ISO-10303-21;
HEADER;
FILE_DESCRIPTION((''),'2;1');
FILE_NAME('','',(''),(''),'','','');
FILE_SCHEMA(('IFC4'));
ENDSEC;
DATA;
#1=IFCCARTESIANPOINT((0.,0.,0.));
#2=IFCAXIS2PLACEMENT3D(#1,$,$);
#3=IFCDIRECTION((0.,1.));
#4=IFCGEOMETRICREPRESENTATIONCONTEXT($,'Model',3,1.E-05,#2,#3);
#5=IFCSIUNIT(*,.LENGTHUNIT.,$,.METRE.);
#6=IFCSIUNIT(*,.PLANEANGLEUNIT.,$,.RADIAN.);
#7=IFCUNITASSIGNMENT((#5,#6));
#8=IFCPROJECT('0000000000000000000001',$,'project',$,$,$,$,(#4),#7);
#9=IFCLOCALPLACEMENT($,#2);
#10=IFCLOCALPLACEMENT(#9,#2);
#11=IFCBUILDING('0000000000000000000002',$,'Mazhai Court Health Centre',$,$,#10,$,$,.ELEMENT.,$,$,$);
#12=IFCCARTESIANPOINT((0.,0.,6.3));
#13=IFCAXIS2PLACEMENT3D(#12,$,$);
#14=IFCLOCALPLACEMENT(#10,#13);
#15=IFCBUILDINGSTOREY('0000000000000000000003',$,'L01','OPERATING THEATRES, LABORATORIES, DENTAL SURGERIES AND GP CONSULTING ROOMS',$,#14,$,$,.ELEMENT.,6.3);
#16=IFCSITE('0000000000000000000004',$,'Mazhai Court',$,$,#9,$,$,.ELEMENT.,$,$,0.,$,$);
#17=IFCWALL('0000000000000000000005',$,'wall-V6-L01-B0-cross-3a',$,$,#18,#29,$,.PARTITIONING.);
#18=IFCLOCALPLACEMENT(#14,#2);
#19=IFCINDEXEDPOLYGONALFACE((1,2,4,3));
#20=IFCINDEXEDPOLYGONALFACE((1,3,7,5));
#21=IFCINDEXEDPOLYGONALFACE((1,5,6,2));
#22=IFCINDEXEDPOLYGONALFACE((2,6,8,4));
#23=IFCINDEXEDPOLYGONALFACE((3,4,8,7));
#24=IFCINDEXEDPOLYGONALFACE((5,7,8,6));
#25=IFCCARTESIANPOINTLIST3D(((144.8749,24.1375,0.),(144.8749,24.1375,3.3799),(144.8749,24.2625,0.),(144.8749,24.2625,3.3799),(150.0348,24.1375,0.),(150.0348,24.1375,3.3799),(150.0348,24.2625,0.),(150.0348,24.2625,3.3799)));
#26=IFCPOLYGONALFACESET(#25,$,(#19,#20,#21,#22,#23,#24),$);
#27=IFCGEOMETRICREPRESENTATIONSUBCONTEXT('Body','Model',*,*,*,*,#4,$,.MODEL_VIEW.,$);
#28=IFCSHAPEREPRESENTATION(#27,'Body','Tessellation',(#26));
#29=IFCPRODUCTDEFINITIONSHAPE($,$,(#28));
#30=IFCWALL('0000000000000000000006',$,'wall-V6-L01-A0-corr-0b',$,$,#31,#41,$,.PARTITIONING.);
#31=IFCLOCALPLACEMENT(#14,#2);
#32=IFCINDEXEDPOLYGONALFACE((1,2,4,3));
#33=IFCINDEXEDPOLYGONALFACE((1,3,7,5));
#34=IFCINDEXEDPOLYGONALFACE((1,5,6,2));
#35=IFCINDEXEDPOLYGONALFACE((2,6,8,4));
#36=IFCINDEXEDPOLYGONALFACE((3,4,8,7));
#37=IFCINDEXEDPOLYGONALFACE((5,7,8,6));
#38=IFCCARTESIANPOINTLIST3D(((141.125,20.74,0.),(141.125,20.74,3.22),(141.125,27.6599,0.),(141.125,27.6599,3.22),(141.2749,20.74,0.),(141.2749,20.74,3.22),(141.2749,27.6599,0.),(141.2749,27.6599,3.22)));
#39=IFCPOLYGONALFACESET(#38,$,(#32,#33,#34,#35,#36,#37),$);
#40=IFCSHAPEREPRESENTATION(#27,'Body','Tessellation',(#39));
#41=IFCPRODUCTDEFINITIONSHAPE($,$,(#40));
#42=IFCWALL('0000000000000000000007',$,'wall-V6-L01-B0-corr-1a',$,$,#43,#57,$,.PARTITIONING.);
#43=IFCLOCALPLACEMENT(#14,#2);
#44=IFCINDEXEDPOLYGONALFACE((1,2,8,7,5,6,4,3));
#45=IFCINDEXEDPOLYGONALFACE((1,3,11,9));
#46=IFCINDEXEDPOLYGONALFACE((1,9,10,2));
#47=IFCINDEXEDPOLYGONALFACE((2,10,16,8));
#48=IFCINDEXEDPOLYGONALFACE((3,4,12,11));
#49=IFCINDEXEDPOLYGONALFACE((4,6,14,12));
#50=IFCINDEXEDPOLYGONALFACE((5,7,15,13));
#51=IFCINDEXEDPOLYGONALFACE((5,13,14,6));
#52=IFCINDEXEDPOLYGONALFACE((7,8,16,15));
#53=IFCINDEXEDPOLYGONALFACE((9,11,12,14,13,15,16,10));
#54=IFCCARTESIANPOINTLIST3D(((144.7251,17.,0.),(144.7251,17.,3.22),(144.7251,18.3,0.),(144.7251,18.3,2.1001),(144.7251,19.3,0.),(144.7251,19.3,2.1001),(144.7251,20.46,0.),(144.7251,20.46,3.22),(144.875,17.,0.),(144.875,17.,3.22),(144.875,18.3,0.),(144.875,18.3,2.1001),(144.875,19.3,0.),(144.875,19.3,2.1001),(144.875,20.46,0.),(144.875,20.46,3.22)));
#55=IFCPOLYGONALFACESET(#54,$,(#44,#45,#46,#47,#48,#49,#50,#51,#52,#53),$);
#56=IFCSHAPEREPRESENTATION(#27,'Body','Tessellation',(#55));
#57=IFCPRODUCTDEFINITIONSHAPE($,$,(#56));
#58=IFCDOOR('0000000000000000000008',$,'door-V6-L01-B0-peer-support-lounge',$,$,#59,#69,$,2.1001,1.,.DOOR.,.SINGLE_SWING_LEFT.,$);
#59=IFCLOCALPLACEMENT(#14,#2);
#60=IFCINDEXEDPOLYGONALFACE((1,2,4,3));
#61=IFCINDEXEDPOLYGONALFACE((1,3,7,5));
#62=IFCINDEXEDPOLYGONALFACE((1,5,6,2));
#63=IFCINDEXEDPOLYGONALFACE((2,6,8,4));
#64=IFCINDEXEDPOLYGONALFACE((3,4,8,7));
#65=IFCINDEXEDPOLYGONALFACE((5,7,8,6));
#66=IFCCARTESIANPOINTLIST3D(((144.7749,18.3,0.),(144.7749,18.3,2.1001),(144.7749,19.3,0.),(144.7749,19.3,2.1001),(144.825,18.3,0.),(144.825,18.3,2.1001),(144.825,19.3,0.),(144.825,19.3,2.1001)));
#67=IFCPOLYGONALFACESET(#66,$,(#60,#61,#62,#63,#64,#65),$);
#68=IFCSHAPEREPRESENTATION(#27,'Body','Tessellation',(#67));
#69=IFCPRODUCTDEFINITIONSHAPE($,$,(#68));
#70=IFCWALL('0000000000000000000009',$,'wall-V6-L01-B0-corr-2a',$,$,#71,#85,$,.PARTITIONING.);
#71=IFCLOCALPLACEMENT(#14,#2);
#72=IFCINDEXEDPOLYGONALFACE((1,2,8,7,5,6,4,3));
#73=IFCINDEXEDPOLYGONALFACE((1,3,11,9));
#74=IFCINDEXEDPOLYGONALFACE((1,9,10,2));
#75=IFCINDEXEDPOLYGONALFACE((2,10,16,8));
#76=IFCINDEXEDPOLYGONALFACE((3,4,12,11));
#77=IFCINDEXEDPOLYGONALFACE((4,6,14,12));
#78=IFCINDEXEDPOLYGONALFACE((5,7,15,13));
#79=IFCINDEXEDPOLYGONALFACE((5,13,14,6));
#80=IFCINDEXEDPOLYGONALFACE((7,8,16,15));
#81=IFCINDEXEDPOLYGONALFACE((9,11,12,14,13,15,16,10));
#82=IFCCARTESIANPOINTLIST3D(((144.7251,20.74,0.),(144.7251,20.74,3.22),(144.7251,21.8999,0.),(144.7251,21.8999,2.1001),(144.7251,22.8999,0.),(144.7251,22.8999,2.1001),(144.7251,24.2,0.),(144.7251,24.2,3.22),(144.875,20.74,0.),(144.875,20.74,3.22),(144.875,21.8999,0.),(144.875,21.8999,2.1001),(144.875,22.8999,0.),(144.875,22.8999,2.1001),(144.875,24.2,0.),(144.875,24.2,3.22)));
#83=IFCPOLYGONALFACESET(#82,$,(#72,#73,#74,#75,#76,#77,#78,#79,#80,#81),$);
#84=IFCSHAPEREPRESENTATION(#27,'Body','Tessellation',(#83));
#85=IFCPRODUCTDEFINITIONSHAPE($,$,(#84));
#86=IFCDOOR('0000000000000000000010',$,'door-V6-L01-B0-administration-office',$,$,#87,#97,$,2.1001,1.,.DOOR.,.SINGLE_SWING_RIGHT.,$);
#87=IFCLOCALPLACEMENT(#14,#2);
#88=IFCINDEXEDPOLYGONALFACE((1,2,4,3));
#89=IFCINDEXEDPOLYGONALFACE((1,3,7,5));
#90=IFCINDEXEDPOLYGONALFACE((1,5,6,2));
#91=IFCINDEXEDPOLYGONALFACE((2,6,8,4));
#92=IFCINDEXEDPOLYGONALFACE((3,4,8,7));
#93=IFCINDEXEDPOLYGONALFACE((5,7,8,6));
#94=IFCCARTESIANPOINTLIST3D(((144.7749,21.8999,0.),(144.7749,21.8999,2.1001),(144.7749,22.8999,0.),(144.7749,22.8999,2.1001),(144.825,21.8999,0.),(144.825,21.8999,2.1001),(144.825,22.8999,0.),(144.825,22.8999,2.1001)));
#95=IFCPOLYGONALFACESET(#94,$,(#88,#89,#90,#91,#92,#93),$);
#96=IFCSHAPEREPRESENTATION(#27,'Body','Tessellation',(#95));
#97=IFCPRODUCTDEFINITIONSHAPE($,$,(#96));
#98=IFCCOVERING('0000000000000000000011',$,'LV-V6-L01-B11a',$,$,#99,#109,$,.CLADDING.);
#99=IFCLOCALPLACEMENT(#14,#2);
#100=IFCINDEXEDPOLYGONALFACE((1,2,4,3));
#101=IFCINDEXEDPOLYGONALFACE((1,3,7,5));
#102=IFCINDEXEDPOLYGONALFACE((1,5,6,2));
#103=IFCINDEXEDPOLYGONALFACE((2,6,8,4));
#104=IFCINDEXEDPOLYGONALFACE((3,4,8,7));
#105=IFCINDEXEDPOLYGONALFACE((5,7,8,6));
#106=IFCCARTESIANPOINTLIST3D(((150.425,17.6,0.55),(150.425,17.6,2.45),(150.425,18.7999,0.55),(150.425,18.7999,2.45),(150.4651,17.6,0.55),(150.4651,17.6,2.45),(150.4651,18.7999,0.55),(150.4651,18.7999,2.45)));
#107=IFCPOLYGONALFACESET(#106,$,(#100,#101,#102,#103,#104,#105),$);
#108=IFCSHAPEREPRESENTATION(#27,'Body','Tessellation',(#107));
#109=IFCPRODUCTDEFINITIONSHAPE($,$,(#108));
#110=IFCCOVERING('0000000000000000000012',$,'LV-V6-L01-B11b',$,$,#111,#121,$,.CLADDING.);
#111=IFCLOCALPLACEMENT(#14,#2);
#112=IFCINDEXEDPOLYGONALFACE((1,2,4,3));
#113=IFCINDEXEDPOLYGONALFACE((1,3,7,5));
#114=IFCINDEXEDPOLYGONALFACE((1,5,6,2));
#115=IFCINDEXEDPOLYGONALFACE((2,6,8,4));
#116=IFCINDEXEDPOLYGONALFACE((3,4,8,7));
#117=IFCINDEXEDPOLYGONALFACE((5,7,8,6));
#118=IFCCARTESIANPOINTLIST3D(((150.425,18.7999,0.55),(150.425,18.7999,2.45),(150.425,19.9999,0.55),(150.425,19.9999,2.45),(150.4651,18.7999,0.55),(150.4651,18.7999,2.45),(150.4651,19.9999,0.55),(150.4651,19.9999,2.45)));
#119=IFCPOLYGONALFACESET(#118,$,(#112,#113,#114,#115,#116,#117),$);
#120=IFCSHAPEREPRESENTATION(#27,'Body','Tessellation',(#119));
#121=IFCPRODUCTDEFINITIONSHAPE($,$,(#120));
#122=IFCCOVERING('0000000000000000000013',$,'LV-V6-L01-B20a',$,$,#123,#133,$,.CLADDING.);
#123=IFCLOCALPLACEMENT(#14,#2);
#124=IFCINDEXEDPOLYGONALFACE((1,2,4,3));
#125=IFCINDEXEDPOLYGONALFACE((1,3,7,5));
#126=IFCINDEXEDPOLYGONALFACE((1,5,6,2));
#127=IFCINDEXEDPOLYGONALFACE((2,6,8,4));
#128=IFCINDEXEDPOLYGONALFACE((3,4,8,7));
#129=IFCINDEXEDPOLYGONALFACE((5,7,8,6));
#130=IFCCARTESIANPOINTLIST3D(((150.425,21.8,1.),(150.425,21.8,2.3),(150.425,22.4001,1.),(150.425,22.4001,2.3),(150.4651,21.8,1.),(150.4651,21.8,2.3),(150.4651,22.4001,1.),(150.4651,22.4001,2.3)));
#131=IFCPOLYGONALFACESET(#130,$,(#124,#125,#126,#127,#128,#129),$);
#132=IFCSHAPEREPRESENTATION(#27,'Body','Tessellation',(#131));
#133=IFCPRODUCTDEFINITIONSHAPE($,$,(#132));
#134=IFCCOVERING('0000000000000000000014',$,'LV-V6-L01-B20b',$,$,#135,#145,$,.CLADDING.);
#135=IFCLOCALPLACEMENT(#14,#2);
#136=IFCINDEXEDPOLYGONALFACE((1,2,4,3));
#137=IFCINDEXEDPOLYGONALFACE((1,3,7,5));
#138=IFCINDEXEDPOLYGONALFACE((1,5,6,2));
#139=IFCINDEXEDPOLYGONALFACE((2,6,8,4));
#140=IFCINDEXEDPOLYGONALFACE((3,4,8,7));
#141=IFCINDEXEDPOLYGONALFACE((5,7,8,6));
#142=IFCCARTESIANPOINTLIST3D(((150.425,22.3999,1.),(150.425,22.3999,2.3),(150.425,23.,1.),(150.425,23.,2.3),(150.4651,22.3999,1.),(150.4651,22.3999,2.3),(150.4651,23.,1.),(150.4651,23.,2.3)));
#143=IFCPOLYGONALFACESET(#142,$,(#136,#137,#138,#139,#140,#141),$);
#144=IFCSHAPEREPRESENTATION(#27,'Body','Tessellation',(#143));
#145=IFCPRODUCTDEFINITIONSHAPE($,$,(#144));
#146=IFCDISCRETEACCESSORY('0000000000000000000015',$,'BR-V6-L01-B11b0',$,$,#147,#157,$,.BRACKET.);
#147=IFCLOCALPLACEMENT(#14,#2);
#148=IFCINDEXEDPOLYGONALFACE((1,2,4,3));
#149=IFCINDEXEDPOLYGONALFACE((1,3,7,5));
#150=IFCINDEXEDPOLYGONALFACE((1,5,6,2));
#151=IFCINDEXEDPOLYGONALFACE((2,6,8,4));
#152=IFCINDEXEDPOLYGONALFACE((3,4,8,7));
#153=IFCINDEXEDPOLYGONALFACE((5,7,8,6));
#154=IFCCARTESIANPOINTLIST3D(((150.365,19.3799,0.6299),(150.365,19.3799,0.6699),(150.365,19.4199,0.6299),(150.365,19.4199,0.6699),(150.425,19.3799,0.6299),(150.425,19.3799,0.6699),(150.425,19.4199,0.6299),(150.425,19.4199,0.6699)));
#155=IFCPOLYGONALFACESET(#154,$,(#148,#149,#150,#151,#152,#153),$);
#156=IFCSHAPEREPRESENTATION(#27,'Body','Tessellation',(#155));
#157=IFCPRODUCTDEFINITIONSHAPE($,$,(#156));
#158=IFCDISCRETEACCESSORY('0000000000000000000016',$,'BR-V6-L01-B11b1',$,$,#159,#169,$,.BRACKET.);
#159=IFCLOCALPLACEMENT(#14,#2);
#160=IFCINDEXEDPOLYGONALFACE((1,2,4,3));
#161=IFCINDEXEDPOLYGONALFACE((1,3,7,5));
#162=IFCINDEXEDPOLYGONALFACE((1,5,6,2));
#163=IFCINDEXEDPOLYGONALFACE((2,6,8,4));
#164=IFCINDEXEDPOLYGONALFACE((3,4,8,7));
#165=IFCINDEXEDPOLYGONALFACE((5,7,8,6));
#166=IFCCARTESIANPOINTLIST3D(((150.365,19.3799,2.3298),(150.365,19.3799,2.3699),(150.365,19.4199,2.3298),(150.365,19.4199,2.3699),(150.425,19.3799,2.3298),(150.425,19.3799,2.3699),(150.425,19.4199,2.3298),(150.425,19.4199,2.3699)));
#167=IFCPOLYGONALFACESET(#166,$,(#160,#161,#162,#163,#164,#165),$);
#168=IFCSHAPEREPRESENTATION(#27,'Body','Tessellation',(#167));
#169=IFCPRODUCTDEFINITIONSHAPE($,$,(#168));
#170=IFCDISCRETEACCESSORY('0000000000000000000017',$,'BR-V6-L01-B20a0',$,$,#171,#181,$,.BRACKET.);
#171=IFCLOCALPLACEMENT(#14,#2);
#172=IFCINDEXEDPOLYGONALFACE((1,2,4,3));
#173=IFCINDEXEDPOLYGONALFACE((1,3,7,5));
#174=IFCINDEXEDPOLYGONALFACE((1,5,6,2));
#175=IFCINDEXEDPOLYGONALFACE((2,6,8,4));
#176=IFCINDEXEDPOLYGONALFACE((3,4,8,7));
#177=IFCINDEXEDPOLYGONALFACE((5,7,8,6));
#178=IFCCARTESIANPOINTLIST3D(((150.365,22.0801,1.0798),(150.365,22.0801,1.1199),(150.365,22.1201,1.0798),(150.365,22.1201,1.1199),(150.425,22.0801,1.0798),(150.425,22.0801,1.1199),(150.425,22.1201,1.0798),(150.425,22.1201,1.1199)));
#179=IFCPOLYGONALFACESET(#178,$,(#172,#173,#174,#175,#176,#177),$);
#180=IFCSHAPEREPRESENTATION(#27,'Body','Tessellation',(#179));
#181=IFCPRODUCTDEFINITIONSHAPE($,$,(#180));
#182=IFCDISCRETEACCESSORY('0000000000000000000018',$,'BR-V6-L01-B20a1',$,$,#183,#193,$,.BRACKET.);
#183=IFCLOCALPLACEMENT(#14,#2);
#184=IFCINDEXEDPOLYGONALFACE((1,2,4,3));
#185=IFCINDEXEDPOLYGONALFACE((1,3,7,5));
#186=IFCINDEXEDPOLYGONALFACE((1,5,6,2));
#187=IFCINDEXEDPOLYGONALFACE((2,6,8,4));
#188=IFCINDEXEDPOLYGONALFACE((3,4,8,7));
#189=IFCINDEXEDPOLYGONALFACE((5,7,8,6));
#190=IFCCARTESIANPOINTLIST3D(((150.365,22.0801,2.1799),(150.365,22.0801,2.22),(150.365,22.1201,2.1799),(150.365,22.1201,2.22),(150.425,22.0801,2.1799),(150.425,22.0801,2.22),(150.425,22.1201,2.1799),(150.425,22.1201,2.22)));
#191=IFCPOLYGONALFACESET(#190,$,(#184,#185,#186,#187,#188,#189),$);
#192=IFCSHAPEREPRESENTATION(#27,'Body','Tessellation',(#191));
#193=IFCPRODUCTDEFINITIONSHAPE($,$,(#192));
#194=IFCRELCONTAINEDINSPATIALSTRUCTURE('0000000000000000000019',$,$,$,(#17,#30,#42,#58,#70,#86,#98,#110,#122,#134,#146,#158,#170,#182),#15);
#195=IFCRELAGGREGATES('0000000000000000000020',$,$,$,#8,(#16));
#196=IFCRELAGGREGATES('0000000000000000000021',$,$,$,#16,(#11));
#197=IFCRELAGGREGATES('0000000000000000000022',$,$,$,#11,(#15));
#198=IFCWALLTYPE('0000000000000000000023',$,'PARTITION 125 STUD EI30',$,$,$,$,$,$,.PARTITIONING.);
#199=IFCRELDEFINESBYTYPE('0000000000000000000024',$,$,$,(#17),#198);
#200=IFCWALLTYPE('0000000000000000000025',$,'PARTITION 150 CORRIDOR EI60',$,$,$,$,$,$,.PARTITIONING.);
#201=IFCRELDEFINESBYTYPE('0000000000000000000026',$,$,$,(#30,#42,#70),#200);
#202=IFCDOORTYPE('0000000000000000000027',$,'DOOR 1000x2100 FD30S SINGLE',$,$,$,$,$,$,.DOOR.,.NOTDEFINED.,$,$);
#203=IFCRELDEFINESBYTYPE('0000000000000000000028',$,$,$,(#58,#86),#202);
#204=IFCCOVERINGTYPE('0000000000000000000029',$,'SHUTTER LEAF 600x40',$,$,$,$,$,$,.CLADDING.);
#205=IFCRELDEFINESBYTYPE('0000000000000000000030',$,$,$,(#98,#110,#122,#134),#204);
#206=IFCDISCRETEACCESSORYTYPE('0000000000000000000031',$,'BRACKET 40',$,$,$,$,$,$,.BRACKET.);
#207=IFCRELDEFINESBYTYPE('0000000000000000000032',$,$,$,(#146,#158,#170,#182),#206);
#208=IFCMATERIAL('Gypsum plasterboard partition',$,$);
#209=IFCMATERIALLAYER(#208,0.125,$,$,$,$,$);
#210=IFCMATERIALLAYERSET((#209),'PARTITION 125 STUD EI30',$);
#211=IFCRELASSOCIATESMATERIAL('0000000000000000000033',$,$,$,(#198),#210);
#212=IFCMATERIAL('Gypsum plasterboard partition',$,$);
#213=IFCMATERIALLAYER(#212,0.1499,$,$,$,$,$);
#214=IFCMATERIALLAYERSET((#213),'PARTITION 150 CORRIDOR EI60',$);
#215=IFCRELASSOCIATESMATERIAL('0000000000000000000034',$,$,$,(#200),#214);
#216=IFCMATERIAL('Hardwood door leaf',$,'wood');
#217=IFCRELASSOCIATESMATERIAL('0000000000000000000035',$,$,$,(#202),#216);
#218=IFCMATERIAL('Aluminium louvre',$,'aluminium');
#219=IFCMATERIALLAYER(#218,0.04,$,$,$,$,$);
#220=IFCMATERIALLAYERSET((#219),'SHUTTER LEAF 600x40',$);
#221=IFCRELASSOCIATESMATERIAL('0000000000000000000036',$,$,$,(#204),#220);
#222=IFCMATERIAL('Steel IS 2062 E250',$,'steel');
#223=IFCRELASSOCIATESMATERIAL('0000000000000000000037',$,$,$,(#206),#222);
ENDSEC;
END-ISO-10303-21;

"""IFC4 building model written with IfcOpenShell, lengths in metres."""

from ifc_helpers import new_model, si_unit, direction, frame, frame_2d, origin, origin_2d, place, context, subcontext, project, spatial, rectangle, extrude, material, layer, layer_set, type_object, element, fill, save


model = new_model("IFC4")

# Units and contexts
model_context = context("Model", 3, precision=1e-05, world=origin(), true_north=direction((0.0, 1.0)))
body_context = subcontext(model_context, "Body", "Model", "MODEL_VIEW")
ifc_project = project(units=[si_unit("LENGTHUNIT", "METRE"), si_unit("PLANEANGLEUNIT", "RADIAN")], contexts=[model_context])

# Site, building, storey
site_placement = place(None, origin())
site = spatial("IfcSite", under=ifc_project, at=site_placement, Name="Mazhai Court", CompositionType="ELEMENT", RefElevation=0.0)
building_placement = place(site_placement, origin())
building = spatial("IfcBuilding", under=site, at=building_placement, Name="Mazhai Court Health Centre", CompositionType="ELEMENT")
storey_placement = place(building_placement, frame((0.0, 0.0, 6.3)))
storey = spatial("IfcBuildingStorey", under=building, at=storey_placement, Name="L01", Description="OPERATING THEATRES, LABORATORIES, DENTAL SURGERIES AND GP CONSULTING ROOMS", CompositionType="ELEMENT", Elevation=6.3)

# Walls
ifc_material_1 = material(Name="Gypsum plasterboard partition")
ifc_layer_1 = layer(ifc_material_1, 0.125)
ifc_layer_set_1 = layer_set([ifc_layer_1], Name="PARTITION 125 STUD EI30")
wall_type_1 = type_object("IfcWallType", Name="PARTITION 125 STUD EI30", PredefinedType="PARTITIONING", material=ifc_layer_set_1)
wall_1_placement = place(storey_placement, frame((150.0349, 24.2, 0.0), z_axis=(0.0, 0.0, 1.0), x_axis=(-1.0, 0.0, 0.0)))
element("IfcWall", 1, at=wall_1_placement, inside=storey, type_object=wall_type_1, Name="wall-V6-L01-B0-cross-3a", PredefinedType="PARTITIONING", context=body_context, shape_type="SweptSolid", body=[
    extrude(rectangle(XDim=5.1599, YDim=0.125, at=frame_2d((2.5801, 0.0))), origin(), (0.0, 0.0, 1.0), 3.3799),
])
ifc_material_2 = material(Name="Gypsum plasterboard partition")
ifc_layer_2 = layer(ifc_material_2, 0.1499)
ifc_layer_set_2 = layer_set([ifc_layer_2], Name="PARTITION 150 CORRIDOR EI60")
wall_type_2 = type_object("IfcWallType", Name="PARTITION 150 CORRIDOR EI60", PredefinedType="PARTITIONING", material=ifc_layer_set_2)
wall_2_placement = place(storey_placement, frame((141.2, 20.74, 0.0), z_axis=(0.0, 0.0, 1.0), x_axis=(0.0, 1.0, 0.0)))
element("IfcWall", 2, at=wall_2_placement, inside=storey, type_object=wall_type_2, Name="wall-V6-L01-A0-corr-0b", PredefinedType="PARTITIONING", context=body_context, shape_type="SweptSolid", body=[
    extrude(rectangle(XDim=6.9199, YDim=0.1499, at=frame_2d((3.46, 0.0))), origin(), (0.0, 0.0, 1.0), 3.22),
])

# Walls, openings, doors
wall_3_placement = place(storey_placement, frame((144.8, 20.46, 0.0), z_axis=(0.0, 0.0, 1.0), x_axis=(0.0, -1.0, 0.0)))
wall_3 = element("IfcWall", 3, at=wall_3_placement, inside=storey, type_object=wall_type_2, Name="wall-V6-L01-B0-corr-1a", PredefinedType="PARTITIONING", context=body_context, shape_type="SweptSolid", body=[
    extrude(rectangle(XDim=3.46, YDim=0.1499, at=frame_2d((1.73, 0.0))), origin(), (0.0, 0.0, 1.0), 3.22),
])
opening_1_placement = place(wall_3_placement, frame((1.1599, 0.0, 0.0)))
opening_1 = element("IfcOpeningElement", 4, at=opening_1_placement, cuts=wall_3, PredefinedType="OPENING", context=body_context, shape_type="SweptSolid", body=[
    extrude(rectangle(XDim=1.0, YDim=2.1001, at=frame_2d((0.5, 1.05))), frame((0.0, 0.085, 0.0), z_axis=(0.0, -1.0, 0.0), x_axis=(1.0, 0.0, 0.0)), (0.0, 0.0, 1.0), 0.1699),
])
ifc_material_3 = material(Name="Hardwood door leaf", Category="wood")
door_type = type_object("IfcDoorType", Name="DOOR 1000x2100 FD30S SINGLE", OperationType="NOTDEFINED", PredefinedType="DOOR", material=ifc_material_3)
door_1_placement = place(opening_1_placement, origin())
door_1 = element("IfcDoor", 5, at=door_1_placement, inside=storey, type_object=door_type, Name="door-V6-L01-B0-peer-support-lounge", OperationType="SINGLE_SWING_LEFT", OverallHeight=2.1001, OverallWidth=1.0, PredefinedType="DOOR", context=body_context, shape_type="SweptSolid", body=[
    extrude(rectangle(XDim=1.0, YDim=2.1001, at=frame_2d((0.5, 1.05))), frame((0.0, 0.0249, 0.0), z_axis=(0.0, -1.0, 0.0), x_axis=(1.0, 0.0, 0.0)), (0.0, 0.0, 1.0), 0.05),
])
fill(opening_1, door_1)
wall_4_placement = place(storey_placement, frame((144.8, 24.2, 0.0), z_axis=(0.0, 0.0, 1.0), x_axis=(0.0, -1.0, 0.0)))
wall_4 = element("IfcWall", 6, at=wall_4_placement, inside=storey, type_object=wall_type_2, Name="wall-V6-L01-B0-corr-2a", PredefinedType="PARTITIONING", context=body_context, shape_type="SweptSolid", body=[
    extrude(rectangle(XDim=3.46, YDim=0.1499, at=frame_2d((1.73, 0.0))), origin(), (0.0, 0.0, 1.0), 3.22),
])
opening_2_placement = place(wall_4_placement, frame((1.3, 0.0, 0.0)))
opening_2 = element("IfcOpeningElement", 7, at=opening_2_placement, cuts=wall_4, PredefinedType="OPENING", context=body_context, shape_type="SweptSolid", body=[
    extrude(rectangle(XDim=1.0, YDim=2.1001, at=frame_2d((0.5, 1.05))), frame((0.0, 0.085, 0.0), z_axis=(0.0, -1.0, 0.0), x_axis=(1.0, 0.0, 0.0)), (0.0, 0.0, 1.0), 0.1699),
])
door_2_placement = place(opening_2_placement, origin())
door_2 = element("IfcDoor", 8, at=door_2_placement, inside=storey, type_object=door_type, Name="door-V6-L01-B0-administration-office", OperationType="SINGLE_SWING_RIGHT", OverallHeight=2.1001, OverallWidth=1.0, PredefinedType="DOOR", context=body_context, shape_type="SweptSolid", body=[
    extrude(rectangle(XDim=1.0, YDim=2.1001, at=frame_2d((0.5, 1.05))), frame((0.0, 0.0249, 0.0), z_axis=(0.0, -1.0, 0.0), x_axis=(1.0, 0.0, 0.0)), (0.0, 0.0, 1.0), 0.05),
])
fill(opening_2, door_2)

# Coverings
ifc_material_4 = material(Name="Aluminium louvre", Category="aluminium")
ifc_layer_3 = layer(ifc_material_4, 0.04)
ifc_layer_set_3 = layer_set([ifc_layer_3], Name="SHUTTER LEAF 600x40")
covering_type = type_object("IfcCoveringType", Name="SHUTTER LEAF 600x40", PredefinedType="CLADDING", material=ifc_layer_set_3)
for number, where, z_axis, x_axis, name in (
    (9, (150.4451, 18.2, 0.55), (0.0, 0.0, 1.0), (0.0, 1.0, 0.0), "LV-V6-L01-B11a"),
    (10, (150.4451, 19.3999, 0.55), (0.0, 0.0, 1.0), (0.0, 1.0, 0.0), "LV-V6-L01-B11b"),
):
    element("IfcCovering", number, at=place(storey_placement, frame(where, z_axis=z_axis, x_axis=x_axis)), inside=storey, type_object=covering_type, Name=name, PredefinedType="CLADDING", context=body_context, shape_type="SweptSolid", body=[
        extrude(rectangle(XDim=1.2, YDim=0.04, at=origin_2d()), origin(), (0.0, 0.0, 1.0), 1.8999),
    ])
for number, where, z_axis, x_axis, name in (
    (11, (150.4451, 22.1001, 1.0), (0.0, 0.0, 1.0), (0.0, 1.0, 0.0), "LV-V6-L01-B20a"),
    (12, (150.4451, 22.7, 1.0), (0.0, 0.0, 1.0), (0.0, 1.0, 0.0), "LV-V6-L01-B20b"),
):
    element("IfcCovering", number, at=place(storey_placement, frame(where, z_axis=z_axis, x_axis=x_axis)), inside=storey, type_object=covering_type, Name=name, PredefinedType="CLADDING", context=body_context, shape_type="SweptSolid", body=[
        extrude(rectangle(XDim=0.6001, YDim=0.04, at=origin_2d()), origin(), (0.0, 0.0, 1.0), 1.3),
    ])

# Discrete accessories
ifc_material_5 = material(Name="Steel IS 2062 E250", Category="steel")
discrete_accessory_type = type_object("IfcDiscreteAccessoryType", Name="BRACKET 40", PredefinedType="BRACKET", material=ifc_material_5)
for number, where, z_axis, x_axis, name in (
    (13, (150.395, 19.3999, 0.6299), (0.0, 0.0, 1.0), (0.0, 1.0, 0.0), "BR-V6-L01-B11b0"),
    (14, (150.395, 19.3999, 2.3298), (0.0, 0.0, 1.0), (0.0, 1.0, 0.0), "BR-V6-L01-B11b1"),
    (15, (150.395, 22.1001, 1.0798), (0.0, 0.0, 1.0), (0.0, 1.0, 0.0), "BR-V6-L01-B20a0"),
    (16, (150.395, 22.1001, 2.1799), (0.0, 0.0, 1.0), (0.0, 1.0, 0.0), "BR-V6-L01-B20a1"),
):
    element("IfcDiscreteAccessory", number, at=place(storey_placement, frame(where, z_axis=z_axis, x_axis=x_axis)), inside=storey, type_object=discrete_accessory_type, Name=name, PredefinedType="BRACKET", context=body_context, shape_type="SweptSolid", body=[
        extrude(rectangle(XDim=0.04, YDim=0.0601, at=origin_2d()), origin(), (0.0, 0.0, 1.0), 0.04),
    ])

save(model, "model.ifc")
